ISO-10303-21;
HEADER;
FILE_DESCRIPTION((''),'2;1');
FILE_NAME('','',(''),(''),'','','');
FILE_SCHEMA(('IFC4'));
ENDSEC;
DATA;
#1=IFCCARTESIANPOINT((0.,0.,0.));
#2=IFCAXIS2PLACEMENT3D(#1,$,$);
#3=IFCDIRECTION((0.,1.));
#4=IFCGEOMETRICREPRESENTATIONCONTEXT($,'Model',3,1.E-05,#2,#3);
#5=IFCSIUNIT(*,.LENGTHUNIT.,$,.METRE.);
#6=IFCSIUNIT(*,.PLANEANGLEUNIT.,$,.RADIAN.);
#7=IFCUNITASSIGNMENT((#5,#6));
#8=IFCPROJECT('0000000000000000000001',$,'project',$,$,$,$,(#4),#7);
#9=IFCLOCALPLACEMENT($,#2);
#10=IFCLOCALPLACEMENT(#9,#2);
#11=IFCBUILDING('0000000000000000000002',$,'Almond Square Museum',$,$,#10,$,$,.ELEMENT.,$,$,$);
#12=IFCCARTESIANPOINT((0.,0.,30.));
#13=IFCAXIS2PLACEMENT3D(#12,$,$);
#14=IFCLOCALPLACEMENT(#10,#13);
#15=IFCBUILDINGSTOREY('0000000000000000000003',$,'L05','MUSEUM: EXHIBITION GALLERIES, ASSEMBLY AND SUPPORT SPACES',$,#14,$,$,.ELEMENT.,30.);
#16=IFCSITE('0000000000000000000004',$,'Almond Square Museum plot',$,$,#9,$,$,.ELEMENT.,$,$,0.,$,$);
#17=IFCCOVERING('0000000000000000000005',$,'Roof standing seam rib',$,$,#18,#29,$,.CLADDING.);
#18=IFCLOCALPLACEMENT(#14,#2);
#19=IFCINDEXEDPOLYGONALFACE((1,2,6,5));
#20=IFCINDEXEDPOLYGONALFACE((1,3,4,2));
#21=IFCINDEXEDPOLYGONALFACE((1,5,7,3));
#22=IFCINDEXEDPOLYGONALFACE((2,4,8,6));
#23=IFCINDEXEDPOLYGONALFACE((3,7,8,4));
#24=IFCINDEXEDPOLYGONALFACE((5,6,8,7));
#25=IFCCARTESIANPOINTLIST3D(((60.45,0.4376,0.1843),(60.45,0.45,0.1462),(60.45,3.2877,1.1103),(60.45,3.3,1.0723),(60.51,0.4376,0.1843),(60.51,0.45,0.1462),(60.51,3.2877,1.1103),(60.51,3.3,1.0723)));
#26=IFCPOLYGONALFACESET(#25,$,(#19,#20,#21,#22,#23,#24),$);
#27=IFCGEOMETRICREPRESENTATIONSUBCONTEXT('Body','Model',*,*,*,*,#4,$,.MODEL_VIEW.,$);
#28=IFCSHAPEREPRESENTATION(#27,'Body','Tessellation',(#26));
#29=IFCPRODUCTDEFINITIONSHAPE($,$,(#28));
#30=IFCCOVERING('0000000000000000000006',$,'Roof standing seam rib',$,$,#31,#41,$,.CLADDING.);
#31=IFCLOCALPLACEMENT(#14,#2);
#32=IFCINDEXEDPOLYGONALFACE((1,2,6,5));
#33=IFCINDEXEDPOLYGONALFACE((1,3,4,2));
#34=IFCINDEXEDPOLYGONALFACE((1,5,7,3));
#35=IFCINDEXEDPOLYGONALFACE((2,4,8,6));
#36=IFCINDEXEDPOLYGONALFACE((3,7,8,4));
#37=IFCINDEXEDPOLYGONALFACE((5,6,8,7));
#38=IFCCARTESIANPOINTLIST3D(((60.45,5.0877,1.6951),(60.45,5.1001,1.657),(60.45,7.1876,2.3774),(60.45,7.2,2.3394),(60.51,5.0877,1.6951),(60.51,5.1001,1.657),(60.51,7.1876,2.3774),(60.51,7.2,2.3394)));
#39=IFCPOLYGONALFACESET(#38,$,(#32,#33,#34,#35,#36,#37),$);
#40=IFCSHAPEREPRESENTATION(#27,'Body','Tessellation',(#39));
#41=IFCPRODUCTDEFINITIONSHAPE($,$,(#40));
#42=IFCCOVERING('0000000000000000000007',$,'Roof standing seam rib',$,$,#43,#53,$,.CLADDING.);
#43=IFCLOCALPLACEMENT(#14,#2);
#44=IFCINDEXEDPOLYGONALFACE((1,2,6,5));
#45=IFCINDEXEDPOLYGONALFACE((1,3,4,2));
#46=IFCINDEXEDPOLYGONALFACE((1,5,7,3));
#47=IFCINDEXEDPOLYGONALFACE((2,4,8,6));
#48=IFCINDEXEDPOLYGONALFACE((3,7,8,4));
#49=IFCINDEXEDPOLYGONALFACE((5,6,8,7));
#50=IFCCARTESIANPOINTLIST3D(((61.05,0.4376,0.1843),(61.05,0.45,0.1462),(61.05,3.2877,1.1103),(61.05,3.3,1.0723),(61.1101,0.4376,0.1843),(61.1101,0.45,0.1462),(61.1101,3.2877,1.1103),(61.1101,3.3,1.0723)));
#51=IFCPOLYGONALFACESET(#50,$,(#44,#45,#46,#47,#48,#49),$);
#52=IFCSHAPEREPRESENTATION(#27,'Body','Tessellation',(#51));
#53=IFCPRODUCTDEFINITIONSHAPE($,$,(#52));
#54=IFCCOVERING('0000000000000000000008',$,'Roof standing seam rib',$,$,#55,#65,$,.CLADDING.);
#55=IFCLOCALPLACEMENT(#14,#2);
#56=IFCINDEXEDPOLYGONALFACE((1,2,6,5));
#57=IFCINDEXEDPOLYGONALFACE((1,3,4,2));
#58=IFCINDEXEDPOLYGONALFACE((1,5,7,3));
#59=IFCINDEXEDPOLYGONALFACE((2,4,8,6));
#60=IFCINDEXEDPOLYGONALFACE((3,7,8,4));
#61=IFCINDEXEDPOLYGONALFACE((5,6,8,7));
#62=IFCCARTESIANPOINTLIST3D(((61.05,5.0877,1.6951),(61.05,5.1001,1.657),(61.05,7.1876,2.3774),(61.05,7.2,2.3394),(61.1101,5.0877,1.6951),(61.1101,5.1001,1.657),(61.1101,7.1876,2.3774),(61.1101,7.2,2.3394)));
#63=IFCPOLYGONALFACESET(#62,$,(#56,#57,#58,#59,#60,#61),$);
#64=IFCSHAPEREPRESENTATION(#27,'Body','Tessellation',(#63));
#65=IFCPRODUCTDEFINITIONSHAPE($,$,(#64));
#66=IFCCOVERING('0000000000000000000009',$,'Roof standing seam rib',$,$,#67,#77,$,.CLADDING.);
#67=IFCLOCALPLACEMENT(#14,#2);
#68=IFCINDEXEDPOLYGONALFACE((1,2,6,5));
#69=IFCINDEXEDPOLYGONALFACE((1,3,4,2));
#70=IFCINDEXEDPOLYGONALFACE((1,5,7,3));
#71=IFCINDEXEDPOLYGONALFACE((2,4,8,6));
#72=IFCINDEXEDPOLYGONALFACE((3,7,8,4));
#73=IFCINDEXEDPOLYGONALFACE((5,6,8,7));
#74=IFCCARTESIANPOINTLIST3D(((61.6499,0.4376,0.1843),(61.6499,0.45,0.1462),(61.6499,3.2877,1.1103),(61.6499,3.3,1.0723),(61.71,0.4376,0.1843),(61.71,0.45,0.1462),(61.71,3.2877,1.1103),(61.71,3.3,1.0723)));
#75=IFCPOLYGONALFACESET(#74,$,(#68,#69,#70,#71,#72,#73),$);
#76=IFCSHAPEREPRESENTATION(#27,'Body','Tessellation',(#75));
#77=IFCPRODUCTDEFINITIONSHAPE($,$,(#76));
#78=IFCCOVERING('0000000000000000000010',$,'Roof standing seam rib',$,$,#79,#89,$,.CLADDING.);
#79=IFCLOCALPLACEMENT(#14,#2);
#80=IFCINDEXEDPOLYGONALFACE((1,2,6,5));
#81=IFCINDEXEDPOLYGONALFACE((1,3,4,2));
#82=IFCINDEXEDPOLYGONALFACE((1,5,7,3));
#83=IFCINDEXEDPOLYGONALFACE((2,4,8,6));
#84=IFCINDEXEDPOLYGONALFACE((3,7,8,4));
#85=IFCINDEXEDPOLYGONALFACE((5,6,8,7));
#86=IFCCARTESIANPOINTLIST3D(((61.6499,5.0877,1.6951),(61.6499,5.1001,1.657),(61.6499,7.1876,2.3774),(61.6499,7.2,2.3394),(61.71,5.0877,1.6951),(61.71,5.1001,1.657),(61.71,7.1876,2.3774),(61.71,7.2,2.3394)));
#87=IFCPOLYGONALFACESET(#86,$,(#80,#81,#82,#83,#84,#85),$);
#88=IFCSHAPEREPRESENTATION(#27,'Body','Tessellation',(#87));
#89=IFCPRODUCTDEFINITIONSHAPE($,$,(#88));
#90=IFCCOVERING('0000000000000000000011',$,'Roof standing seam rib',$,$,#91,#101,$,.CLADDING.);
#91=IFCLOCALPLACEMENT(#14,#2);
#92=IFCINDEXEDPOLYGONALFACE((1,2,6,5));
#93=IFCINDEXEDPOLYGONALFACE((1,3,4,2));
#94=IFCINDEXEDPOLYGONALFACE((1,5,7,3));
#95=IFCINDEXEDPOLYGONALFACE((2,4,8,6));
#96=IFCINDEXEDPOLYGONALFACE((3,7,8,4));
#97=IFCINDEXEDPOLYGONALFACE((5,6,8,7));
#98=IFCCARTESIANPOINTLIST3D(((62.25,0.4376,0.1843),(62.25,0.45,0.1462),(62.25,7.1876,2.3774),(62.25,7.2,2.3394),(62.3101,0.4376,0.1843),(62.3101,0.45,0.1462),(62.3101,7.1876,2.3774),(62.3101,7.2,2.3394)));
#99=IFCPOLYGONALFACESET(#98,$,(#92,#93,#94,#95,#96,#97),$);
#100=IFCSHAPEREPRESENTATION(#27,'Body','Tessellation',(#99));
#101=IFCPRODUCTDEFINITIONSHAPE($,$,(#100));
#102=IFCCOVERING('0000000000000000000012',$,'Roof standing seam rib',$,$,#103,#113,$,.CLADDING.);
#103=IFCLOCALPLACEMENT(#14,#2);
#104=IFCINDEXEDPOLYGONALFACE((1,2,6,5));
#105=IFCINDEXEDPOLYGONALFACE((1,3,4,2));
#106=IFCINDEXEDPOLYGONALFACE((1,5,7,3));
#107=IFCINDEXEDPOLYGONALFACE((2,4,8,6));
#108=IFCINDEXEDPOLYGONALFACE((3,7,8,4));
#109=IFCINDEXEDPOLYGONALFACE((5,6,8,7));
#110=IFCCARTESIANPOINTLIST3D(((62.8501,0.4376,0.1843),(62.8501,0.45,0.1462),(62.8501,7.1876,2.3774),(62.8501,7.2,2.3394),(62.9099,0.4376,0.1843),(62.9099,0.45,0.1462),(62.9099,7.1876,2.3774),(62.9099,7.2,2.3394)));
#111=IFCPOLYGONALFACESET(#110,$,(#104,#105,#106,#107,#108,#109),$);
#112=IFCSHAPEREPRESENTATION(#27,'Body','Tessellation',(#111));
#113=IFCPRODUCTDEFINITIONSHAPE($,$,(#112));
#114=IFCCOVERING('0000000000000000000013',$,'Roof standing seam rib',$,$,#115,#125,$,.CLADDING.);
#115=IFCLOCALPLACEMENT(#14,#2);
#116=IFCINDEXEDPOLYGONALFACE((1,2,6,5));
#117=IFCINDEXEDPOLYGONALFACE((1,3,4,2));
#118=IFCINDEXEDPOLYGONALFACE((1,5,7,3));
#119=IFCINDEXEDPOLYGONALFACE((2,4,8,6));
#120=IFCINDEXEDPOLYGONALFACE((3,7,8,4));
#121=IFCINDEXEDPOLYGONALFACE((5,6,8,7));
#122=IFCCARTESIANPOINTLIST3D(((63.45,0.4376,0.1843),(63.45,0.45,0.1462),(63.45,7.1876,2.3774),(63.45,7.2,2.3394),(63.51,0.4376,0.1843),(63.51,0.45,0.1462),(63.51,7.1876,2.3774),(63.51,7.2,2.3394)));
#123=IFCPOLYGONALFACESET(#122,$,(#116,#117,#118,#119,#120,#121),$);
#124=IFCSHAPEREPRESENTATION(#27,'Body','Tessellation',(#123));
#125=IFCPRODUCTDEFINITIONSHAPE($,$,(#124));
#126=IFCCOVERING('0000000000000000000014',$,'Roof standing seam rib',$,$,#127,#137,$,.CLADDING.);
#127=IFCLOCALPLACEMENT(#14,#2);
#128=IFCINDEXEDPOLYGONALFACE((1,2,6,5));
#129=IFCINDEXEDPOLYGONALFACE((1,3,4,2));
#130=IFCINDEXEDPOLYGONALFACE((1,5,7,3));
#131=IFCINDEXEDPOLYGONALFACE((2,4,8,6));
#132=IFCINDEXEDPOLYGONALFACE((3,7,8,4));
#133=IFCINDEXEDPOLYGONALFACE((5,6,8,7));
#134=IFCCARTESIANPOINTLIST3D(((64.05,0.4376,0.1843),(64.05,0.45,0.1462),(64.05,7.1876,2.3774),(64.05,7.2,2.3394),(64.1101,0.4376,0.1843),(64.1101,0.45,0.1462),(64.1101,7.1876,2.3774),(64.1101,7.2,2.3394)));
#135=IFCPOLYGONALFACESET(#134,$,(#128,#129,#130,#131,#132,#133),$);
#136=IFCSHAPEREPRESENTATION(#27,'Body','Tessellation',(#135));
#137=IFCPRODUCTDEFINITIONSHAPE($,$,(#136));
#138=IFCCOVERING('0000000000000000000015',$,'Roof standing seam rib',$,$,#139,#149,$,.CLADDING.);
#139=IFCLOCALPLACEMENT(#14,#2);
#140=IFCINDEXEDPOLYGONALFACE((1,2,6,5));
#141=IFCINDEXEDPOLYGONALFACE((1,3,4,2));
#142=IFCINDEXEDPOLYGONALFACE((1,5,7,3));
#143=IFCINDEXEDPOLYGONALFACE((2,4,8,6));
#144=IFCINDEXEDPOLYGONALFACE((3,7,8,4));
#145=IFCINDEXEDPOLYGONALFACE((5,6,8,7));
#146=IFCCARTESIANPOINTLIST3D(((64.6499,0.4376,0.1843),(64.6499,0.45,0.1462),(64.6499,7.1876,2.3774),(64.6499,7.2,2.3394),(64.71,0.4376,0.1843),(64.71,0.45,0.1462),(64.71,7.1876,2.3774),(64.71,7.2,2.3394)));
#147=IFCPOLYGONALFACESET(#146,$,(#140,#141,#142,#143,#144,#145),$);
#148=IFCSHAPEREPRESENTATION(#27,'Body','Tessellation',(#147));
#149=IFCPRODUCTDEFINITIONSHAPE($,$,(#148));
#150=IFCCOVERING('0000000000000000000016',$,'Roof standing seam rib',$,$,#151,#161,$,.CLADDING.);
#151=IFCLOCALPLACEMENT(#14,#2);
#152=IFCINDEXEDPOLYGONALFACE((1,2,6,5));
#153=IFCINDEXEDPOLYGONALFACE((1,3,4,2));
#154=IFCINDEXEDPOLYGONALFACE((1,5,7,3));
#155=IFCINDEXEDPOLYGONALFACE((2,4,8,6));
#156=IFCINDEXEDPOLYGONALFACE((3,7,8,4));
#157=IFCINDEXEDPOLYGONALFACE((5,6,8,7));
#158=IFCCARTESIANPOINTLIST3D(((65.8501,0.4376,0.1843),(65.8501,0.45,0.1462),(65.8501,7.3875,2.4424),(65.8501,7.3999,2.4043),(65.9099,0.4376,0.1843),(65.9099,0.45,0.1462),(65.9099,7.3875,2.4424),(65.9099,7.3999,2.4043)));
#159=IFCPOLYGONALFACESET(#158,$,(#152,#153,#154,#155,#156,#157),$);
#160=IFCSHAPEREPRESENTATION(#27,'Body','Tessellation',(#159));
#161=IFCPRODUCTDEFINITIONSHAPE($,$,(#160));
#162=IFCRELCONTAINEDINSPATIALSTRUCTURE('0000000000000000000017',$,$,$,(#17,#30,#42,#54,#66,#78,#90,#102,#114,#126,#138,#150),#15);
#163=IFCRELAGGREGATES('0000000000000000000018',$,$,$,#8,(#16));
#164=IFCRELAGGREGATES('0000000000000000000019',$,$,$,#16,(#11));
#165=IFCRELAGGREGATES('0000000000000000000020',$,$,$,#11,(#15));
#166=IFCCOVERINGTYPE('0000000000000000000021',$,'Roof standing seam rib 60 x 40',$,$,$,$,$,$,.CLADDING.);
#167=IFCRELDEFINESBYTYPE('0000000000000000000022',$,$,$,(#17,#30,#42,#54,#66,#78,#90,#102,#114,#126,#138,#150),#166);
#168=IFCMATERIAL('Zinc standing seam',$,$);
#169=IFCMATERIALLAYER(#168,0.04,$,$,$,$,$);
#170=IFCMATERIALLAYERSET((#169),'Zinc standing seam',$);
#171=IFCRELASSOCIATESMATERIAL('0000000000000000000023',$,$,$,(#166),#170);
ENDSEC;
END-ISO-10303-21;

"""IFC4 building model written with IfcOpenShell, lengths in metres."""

from ifc_helpers import new_model, si_unit, direction, frame, origin, place, context, subcontext, project, spatial, polyline, outline, extrude, material, layer, layer_set, type_object, element, save


model = new_model("IFC4")

# Units and contexts
model_context = context("Model", 3, precision=1e-05, world=origin(), true_north=direction((0.0, 1.0)))
body_context = subcontext(model_context, "Body", "Model", "MODEL_VIEW")
ifc_project = project(units=[si_unit("LENGTHUNIT", "METRE"), si_unit("PLANEANGLEUNIT", "RADIAN")], contexts=[model_context])

# Site, building, storey
site_placement = place(None, origin())
site = spatial("IfcSite", under=ifc_project, at=site_placement, Name="Almond Square Museum plot", CompositionType="ELEMENT", RefElevation=0.0)
building_placement = place(site_placement, origin())
building = spatial("IfcBuilding", under=site, at=building_placement, Name="Almond Square Museum", CompositionType="ELEMENT")
storey_placement = place(building_placement, frame((0.0, 0.0, 30.0)))
storey = spatial("IfcBuildingStorey", under=building, at=storey_placement, Name="L05", Description="MUSEUM: EXHIBITION GALLERIES, ASSEMBLY AND SUPPORT SPACES", CompositionType="ELEMENT", Elevation=30.0)

# Coverings
ifc_material_1 = material(Name="Zinc standing seam")
ifc_layer_1 = layer(ifc_material_1, 0.04)
ifc_layer_set_1 = layer_set([ifc_layer_1], Name="Zinc standing seam")
covering_type_1 = type_object("IfcCoveringType", Name="Roof standing seam rib 60 x 40", PredefinedType="CLADDING", material=ifc_layer_set_1)
covering_1_placement = place(storey_placement, frame((60.45, 3.3, 1.0723), z_axis=(0.0, -0.309009, 0.951059), x_axis=(0.0, -0.951059, -0.309009)))
element("IfcCovering", 1, at=covering_1_placement, inside=storey, type_object=covering_type_1, Name="Roof standing seam rib", PredefinedType="CLADDING", context=body_context, shape_type="SweptSolid", body=[
    extrude(outline(polyline([(0.0, 0.0), (2.9968, 0.0), (2.9968, 0.0601), (0.0, 0.0601), (0.0, 0.0)])), origin(), (0.0, 0.0, 1.0), 0.04),
])
covering_2_placement = place(storey_placement, frame((60.51, 7.2, 2.3394), z_axis=(0.0, -0.309054, 0.951045), x_axis=(-1.0, 0.0, 0.0)))
element("IfcCovering", 2, at=covering_2_placement, inside=storey, type_object=covering_type_1, Name="Roof standing seam rib", PredefinedType="CLADDING", context=body_context, shape_type="SweptSolid", body=[
    extrude(outline(polyline([(0.0, 0.0), (0.0601, 0.0), (0.0601, 2.2079), (0.0, 2.2079), (0.0, 0.0)])), origin(), (0.0, 0.0, 1.0), 0.04),
])
covering_3_placement = place(storey_placement, frame((61.05, 3.3, 1.0723), z_axis=(0.0, -0.309009, 0.951059), x_axis=(0.0, -0.951059, -0.309009)))
element("IfcCovering", 3, at=covering_3_placement, inside=storey, type_object=covering_type_1, Name="Roof standing seam rib", PredefinedType="CLADDING", context=body_context, shape_type="SweptSolid", body=[
    extrude(outline(polyline([(0.0, 0.0), (2.9968, 0.0), (2.9968, 0.0601), (0.0, 0.0601), (0.0, 0.0)])), origin(), (0.0, 0.0, 1.0), 0.04),
])
covering_4_placement = place(storey_placement, frame((61.1101, 7.2, 2.3394), z_axis=(0.0, -0.309054, 0.951045), x_axis=(-1.0, 0.0, 0.0)))
element("IfcCovering", 4, at=covering_4_placement, inside=storey, type_object=covering_type_1, Name="Roof standing seam rib", PredefinedType="CLADDING", context=body_context, shape_type="SweptSolid", body=[
    extrude(outline(polyline([(0.0, 0.0), (0.0601, 0.0), (0.0601, 2.2079), (0.0, 2.2079), (0.0, 0.0)])), origin(), (0.0, 0.0, 1.0), 0.04),
])
covering_5_placement = place(storey_placement, frame((61.6499, 3.3, 1.0723), z_axis=(0.0, -0.309009, 0.951059), x_axis=(0.0, -0.951059, -0.309009)))
element("IfcCovering", 5, at=covering_5_placement, inside=storey, type_object=covering_type_1, Name="Roof standing seam rib", PredefinedType="CLADDING", context=body_context, shape_type="SweptSolid", body=[
    extrude(outline(polyline([(0.0, 0.0), (2.9968, 0.0), (2.9968, 0.0601), (0.0, 0.0601), (0.0, 0.0)])), origin(), (0.0, 0.0, 1.0), 0.04),
])
covering_6_placement = place(storey_placement, frame((61.71, 7.2, 2.3394), z_axis=(0.0, -0.309054, 0.951045), x_axis=(-1.0, 0.0, 0.0)))
element("IfcCovering", 6, at=covering_6_placement, inside=storey, type_object=covering_type_1, Name="Roof standing seam rib", PredefinedType="CLADDING", context=body_context, shape_type="SweptSolid", body=[
    extrude(outline(polyline([(0.0, 0.0), (0.0601, 0.0), (0.0601, 2.2079), (0.0, 2.2079), (0.0, 0.0)])), origin(), (0.0, 0.0, 1.0), 0.04),
])
covering_7_placement = place(storey_placement, frame((62.25, 7.2, 2.3394), z_axis=(0.0, -0.309005, 0.95106), x_axis=(0.0, -0.95106, -0.309005)))
element("IfcCovering", 7, at=covering_7_placement, inside=storey, type_object=covering_type_1, Name="Roof standing seam rib", PredefinedType="CLADDING", context=body_context, shape_type="SweptSolid", body=[
    extrude(outline(polyline([(0.0, 0.0), (7.0973, 0.0), (7.0973, 0.0601), (0.0, 0.0601), (0.0, 0.0)])), origin(), (0.0, 0.0, 1.0), 0.04),
])
covering_8_placement = place(storey_placement, frame((62.8501, 7.2, 2.3394), z_axis=(0.0, -0.309005, 0.95106), x_axis=(0.0, -0.95106, -0.309005)))
element("IfcCovering", 8, at=covering_8_placement, inside=storey, type_object=covering_type_1, Name="Roof standing seam rib", PredefinedType="CLADDING", context=body_context, shape_type="SweptSolid", body=[
    extrude(outline(polyline([(0.0, 0.0), (7.0973, 0.0), (7.0973, 0.0598), (0.0, 0.0598), (0.0, 0.0)])), origin(), (0.0, 0.0, 1.0), 0.04),
])
for number, where, z_axis, x_axis, name in (
    (9, (63.45, 7.2, 2.3394), (0.0, -0.309005, 0.95106), (0.0, -0.95106, -0.309005), "Roof standing seam rib"),
    (10, (64.05, 7.2, 2.3394), (0.0, -0.309005, 0.95106), (0.0, -0.95106, -0.309005), "Roof standing seam rib"),
    (11, (64.6499, 7.2, 2.3394), (0.0, -0.309005, 0.95106), (0.0, -0.95106, -0.309005), "Roof standing seam rib"),
):
    element("IfcCovering", number, at=place(storey_placement, frame(where, z_axis=z_axis, x_axis=x_axis)), inside=storey, type_object=covering_type_1, Name=name, PredefinedType="CLADDING", context=body_context, shape_type="SweptSolid", body=[
        extrude(outline(polyline([(0.0, 0.0), (7.0973, 0.0), (7.0973, 0.0601), (0.0, 0.0601), (0.0, 0.0)])), origin(), (0.0, 0.0, 1.0), 0.04),
    ])
covering_9_placement = place(storey_placement, frame((65.9099, 7.3999, 2.4043), z_axis=(0.0, -0.309002, 0.951061), x_axis=(-1.0, 0.0, 0.0)))
element("IfcCovering", 12, at=covering_9_placement, inside=storey, type_object=covering_type_1, Name="Roof standing seam rib", PredefinedType="CLADDING", context=body_context, shape_type="SweptSolid", body=[
    extrude(outline(polyline([(0.0, 0.0), (0.0598, 0.0), (0.0598, 7.3076), (0.0, 7.3076), (0.0, 0.0)])), origin(), (0.0, 0.0, 1.0), 0.04),
])

save(model, "model.ifc")
